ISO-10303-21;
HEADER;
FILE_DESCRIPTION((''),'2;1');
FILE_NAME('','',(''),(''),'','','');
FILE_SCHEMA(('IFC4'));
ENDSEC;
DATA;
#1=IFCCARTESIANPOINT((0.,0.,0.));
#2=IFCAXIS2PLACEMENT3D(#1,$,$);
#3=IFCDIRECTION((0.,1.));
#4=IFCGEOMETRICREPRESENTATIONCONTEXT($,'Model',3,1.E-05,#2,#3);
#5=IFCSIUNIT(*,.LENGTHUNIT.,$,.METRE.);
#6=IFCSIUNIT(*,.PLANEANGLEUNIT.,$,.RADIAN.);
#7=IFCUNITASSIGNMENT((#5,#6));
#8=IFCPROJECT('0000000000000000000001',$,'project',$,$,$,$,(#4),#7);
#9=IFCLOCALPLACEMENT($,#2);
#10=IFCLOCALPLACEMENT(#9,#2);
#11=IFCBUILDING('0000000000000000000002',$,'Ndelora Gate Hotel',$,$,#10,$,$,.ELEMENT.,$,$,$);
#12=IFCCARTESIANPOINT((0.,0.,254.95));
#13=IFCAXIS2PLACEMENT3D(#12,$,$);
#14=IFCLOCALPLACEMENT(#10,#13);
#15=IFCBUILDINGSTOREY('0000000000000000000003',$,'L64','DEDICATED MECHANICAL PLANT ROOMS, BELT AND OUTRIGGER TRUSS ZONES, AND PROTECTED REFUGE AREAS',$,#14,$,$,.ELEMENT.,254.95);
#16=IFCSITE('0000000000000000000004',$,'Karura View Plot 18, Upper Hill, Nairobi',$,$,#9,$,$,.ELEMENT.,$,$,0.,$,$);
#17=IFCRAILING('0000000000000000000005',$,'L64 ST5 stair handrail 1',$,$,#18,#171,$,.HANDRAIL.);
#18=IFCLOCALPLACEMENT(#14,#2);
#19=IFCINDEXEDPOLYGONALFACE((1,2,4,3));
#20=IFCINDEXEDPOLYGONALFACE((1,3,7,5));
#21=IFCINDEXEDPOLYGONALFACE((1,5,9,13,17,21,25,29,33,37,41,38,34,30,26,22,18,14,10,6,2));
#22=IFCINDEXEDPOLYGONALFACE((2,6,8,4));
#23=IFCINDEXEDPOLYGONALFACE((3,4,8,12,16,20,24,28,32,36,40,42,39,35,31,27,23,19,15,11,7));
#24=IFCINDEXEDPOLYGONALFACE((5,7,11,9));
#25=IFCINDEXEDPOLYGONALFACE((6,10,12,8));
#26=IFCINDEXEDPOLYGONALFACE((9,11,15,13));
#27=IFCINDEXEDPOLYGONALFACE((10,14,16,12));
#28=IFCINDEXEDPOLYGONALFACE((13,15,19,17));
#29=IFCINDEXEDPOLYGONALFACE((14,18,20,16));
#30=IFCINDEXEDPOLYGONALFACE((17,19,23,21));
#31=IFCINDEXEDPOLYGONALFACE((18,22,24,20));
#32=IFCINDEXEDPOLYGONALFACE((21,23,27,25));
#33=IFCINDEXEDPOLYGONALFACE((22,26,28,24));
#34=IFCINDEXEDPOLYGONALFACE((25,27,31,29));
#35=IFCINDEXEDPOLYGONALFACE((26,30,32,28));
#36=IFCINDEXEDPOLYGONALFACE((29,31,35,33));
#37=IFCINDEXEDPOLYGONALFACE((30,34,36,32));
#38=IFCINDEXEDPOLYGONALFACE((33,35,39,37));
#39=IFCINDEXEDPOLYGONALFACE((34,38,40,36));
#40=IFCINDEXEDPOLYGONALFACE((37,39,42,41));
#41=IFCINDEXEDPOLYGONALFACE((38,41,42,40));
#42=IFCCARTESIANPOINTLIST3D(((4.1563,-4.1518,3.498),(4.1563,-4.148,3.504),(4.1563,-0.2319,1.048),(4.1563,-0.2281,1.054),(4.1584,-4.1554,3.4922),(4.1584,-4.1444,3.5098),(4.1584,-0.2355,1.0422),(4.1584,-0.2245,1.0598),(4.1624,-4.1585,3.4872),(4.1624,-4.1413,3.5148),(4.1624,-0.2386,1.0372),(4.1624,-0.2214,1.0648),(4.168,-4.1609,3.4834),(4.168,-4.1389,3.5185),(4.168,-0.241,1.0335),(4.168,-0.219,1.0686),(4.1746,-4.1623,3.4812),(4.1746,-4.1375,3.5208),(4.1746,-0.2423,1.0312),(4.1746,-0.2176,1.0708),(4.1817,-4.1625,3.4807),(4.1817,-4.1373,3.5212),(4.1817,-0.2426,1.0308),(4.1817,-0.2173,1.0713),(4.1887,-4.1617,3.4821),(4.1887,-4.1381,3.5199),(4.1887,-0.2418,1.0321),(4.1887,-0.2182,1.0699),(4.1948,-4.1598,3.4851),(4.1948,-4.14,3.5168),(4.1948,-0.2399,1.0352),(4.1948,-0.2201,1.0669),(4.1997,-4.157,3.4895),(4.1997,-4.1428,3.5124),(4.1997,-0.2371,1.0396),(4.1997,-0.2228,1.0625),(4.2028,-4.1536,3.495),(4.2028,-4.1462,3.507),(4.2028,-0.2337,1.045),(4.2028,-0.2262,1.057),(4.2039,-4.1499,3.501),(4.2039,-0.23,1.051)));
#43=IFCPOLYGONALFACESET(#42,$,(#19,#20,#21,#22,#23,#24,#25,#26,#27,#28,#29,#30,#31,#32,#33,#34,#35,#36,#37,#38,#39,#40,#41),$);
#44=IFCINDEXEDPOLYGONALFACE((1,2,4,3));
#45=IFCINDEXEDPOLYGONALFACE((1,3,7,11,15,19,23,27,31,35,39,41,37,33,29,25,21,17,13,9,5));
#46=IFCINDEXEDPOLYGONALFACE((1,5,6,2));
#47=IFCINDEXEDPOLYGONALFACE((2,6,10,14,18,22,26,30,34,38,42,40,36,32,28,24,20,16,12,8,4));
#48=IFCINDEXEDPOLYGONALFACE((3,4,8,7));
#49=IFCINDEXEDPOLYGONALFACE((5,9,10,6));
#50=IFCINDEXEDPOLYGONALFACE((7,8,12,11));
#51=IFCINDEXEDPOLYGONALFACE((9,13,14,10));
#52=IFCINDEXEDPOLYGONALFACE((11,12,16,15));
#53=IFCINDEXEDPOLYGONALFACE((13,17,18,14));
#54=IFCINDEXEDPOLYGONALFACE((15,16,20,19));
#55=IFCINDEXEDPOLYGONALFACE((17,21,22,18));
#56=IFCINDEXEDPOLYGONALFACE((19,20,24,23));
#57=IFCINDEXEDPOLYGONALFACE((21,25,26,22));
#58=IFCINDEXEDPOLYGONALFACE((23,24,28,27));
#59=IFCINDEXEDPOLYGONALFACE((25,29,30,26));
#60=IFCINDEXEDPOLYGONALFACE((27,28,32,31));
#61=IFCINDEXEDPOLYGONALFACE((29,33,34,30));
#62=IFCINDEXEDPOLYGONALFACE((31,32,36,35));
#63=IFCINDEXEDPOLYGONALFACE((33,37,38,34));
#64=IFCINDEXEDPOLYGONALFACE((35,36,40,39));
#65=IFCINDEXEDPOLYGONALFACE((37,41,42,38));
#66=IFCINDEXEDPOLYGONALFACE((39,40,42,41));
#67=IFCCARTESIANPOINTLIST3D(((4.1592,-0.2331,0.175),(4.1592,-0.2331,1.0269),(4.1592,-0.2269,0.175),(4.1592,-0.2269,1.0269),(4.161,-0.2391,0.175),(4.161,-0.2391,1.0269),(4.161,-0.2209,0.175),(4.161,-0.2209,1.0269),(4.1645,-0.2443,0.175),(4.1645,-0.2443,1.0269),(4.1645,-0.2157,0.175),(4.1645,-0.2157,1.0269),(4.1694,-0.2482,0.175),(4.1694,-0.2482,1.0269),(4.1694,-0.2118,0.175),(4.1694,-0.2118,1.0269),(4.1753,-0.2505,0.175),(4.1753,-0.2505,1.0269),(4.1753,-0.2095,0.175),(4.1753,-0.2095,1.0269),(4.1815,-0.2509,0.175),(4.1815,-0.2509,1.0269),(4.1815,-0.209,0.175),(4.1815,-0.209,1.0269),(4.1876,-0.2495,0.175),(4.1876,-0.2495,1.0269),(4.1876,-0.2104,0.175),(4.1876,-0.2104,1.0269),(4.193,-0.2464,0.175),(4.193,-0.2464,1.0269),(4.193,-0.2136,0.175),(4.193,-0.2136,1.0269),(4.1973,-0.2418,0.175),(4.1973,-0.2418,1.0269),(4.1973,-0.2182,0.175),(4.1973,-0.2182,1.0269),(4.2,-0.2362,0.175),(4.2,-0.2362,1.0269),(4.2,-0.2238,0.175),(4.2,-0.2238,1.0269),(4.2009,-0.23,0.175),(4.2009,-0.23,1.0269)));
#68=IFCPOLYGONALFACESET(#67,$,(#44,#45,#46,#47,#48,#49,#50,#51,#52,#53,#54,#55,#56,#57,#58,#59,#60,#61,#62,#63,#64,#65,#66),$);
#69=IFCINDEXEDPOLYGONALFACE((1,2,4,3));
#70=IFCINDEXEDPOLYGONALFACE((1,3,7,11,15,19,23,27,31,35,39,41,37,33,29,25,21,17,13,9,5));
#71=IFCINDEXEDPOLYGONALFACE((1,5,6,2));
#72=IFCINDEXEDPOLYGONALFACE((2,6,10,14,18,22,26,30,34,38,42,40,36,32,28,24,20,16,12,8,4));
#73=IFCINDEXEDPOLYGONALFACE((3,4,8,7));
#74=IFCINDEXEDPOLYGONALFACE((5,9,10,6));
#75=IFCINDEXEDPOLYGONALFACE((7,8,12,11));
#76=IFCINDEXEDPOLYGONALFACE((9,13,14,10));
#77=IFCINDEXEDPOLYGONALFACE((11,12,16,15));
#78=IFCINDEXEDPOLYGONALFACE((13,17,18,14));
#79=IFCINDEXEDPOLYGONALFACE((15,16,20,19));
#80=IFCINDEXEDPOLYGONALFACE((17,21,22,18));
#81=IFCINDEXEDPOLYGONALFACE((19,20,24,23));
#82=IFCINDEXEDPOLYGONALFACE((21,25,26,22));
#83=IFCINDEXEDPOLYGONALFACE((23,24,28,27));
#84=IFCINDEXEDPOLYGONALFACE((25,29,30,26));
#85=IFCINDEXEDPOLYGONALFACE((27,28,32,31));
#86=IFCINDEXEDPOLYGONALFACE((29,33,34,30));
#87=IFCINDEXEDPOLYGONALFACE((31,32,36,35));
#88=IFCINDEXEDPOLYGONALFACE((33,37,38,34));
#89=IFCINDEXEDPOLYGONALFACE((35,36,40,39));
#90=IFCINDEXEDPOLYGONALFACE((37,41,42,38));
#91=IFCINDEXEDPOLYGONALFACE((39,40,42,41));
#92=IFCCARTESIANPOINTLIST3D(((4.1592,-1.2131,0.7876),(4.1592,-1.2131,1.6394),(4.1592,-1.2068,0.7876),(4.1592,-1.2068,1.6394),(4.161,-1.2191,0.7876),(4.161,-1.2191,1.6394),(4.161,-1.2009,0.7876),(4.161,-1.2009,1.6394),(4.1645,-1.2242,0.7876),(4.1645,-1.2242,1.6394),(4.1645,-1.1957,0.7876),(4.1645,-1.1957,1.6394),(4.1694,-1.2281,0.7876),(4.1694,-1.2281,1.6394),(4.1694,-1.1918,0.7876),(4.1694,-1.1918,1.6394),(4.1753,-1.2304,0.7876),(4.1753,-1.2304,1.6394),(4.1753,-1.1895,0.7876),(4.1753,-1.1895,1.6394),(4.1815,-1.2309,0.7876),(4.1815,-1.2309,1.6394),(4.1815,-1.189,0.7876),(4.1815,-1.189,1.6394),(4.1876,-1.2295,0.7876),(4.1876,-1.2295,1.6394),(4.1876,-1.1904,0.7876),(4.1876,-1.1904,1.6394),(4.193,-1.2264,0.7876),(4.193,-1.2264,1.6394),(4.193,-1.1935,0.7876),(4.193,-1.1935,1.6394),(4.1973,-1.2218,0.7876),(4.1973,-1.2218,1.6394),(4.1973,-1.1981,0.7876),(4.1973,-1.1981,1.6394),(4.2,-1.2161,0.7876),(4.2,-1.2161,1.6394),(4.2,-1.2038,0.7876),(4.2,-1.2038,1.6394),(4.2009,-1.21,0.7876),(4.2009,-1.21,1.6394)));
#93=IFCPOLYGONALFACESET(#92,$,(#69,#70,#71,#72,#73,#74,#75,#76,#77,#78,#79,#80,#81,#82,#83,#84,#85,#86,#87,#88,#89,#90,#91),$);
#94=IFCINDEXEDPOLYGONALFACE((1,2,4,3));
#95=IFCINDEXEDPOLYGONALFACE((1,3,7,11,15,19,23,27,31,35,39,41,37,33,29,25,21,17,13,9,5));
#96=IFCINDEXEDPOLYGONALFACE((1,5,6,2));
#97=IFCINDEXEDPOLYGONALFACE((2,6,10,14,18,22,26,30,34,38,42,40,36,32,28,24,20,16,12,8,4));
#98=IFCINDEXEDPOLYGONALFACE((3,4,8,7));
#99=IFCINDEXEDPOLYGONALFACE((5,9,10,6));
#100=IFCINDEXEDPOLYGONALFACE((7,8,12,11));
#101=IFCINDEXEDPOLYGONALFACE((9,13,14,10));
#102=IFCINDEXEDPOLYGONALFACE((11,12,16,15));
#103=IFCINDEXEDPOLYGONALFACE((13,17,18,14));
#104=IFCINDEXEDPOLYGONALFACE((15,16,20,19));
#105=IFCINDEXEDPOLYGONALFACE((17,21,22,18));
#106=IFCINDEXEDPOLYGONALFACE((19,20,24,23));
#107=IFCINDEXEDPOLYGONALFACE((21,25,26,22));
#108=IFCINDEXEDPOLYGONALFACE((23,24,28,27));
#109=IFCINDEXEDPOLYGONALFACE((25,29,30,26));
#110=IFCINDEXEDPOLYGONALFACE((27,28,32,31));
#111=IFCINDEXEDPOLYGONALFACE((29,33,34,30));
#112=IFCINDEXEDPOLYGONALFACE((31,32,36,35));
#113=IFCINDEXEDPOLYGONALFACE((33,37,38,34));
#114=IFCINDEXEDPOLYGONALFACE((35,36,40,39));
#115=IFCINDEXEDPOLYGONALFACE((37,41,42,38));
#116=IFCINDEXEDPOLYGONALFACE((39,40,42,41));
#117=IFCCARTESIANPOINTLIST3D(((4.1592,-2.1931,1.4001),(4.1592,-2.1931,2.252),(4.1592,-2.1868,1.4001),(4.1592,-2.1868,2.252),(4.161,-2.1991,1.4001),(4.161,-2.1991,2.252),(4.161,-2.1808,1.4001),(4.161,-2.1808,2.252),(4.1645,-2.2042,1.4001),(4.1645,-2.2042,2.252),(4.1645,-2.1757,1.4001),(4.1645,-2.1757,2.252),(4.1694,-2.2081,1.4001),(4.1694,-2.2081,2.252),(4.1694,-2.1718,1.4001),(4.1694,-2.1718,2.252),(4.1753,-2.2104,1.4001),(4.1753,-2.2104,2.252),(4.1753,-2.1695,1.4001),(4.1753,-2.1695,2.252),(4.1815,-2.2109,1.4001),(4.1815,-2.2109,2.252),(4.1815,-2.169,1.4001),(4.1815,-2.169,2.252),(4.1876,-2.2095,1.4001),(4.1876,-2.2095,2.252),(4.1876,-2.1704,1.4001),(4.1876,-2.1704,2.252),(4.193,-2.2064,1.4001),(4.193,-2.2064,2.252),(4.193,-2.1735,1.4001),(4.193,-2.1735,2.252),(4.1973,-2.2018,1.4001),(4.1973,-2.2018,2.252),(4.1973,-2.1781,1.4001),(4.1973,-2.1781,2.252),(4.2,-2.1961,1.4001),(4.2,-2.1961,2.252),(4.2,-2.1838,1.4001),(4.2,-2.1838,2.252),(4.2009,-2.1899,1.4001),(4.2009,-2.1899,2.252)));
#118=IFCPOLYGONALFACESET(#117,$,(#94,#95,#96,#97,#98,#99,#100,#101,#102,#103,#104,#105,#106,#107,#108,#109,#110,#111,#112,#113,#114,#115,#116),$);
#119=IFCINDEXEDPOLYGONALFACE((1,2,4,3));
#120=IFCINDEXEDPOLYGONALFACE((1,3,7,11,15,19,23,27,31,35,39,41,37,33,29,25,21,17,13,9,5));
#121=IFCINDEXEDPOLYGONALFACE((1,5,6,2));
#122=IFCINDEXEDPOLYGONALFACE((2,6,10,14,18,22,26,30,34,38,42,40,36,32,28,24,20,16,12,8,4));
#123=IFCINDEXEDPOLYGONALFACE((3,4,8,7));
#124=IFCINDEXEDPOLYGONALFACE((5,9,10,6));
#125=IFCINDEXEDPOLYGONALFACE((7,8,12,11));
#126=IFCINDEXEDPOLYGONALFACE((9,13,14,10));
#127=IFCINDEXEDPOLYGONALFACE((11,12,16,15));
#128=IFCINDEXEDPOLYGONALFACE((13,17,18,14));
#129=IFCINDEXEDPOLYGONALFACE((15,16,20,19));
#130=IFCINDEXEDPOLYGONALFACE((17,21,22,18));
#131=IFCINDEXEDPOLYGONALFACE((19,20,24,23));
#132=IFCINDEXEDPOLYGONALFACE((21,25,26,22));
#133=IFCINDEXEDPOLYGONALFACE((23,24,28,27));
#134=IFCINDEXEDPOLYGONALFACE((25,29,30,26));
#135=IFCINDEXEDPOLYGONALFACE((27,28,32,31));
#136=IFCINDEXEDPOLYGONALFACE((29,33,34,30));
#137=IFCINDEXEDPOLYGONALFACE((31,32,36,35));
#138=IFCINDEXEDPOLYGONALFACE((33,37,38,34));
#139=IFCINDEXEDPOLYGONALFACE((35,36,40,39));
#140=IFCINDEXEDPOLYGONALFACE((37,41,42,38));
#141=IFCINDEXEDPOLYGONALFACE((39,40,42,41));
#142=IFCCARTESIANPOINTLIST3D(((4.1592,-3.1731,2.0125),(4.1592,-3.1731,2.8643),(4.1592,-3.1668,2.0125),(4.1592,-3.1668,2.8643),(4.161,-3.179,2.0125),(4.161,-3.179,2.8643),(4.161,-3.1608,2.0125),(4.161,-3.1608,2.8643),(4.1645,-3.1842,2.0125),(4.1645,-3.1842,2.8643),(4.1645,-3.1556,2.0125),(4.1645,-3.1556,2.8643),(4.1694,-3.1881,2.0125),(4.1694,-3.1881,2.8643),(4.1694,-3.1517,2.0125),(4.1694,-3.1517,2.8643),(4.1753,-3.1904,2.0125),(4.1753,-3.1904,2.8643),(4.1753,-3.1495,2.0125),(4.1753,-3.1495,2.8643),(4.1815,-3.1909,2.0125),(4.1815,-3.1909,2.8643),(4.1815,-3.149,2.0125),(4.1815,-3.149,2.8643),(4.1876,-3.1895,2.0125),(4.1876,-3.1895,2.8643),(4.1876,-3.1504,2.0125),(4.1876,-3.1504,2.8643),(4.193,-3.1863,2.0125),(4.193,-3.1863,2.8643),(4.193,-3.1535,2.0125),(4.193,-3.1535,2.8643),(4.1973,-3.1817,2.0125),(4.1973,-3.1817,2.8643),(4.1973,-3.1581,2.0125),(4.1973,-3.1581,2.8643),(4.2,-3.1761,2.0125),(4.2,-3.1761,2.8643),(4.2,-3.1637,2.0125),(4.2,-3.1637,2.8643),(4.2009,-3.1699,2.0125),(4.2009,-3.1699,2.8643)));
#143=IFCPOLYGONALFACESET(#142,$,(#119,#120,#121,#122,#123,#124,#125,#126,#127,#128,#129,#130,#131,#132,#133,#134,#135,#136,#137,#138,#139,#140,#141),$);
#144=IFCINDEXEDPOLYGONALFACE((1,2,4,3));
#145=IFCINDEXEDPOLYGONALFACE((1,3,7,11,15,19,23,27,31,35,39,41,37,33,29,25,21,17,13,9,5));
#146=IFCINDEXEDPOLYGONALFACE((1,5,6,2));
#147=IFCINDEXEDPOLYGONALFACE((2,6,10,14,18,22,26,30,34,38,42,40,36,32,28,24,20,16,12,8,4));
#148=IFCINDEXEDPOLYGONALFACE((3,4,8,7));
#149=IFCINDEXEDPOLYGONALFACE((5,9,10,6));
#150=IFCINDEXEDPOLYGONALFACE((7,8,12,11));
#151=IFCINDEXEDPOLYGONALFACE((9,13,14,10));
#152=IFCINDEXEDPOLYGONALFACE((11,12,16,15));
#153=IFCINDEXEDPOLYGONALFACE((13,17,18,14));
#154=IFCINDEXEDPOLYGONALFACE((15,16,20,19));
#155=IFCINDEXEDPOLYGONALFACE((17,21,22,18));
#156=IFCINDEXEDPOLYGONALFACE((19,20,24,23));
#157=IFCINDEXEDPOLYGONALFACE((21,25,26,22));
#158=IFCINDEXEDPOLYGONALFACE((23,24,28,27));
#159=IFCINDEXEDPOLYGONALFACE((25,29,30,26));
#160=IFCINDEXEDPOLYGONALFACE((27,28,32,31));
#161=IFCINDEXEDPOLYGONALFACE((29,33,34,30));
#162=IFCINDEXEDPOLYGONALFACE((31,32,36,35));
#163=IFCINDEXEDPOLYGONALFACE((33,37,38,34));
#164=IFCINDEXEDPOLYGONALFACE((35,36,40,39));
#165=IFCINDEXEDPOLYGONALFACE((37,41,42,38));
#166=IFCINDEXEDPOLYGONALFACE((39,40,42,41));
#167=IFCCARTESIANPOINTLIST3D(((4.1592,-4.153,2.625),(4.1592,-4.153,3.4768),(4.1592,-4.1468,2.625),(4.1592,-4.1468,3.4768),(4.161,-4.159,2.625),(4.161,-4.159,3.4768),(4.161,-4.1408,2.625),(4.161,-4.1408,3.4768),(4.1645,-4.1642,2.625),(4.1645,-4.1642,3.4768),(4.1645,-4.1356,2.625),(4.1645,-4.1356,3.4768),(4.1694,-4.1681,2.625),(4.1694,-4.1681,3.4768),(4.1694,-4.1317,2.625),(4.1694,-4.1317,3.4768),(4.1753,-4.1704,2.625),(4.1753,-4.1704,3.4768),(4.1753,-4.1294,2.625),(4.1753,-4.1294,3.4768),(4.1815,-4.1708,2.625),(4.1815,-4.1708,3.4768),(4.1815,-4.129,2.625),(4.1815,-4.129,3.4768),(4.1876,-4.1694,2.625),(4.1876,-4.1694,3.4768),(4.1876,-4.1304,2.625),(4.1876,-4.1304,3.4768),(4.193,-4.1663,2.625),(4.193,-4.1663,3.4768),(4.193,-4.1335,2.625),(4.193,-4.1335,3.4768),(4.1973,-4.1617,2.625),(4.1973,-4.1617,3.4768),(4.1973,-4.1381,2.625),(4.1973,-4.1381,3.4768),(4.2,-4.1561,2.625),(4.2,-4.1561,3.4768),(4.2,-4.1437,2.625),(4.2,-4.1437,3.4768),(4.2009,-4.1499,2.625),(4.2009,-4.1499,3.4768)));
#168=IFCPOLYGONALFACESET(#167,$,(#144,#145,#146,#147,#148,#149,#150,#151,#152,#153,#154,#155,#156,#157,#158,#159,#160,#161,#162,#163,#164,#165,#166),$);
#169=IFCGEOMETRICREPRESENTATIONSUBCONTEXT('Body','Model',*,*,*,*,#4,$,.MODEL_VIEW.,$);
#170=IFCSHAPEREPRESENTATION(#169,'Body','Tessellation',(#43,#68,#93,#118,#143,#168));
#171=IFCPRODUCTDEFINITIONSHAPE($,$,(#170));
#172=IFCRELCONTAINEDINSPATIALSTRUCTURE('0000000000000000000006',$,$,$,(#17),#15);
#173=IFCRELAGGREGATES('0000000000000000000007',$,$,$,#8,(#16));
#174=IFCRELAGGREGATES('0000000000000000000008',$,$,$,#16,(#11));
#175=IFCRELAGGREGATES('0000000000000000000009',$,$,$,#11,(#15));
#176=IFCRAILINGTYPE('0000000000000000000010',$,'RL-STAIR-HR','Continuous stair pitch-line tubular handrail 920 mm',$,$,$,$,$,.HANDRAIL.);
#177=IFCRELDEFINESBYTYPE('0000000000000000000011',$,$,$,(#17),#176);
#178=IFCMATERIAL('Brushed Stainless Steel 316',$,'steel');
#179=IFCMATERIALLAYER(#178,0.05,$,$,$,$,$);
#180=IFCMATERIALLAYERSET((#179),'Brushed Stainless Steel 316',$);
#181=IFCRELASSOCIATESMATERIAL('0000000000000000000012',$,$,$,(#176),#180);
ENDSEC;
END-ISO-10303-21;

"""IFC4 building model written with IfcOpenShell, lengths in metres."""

from ifc_helpers import new_model, si_unit, direction, frame, origin, origin_2d, place, context, subcontext, project, spatial, circle, extrude, material, layer, layer_set, type_object, element, save


model = new_model("IFC4")

# Units and contexts
model_context = context("Model", 3, precision=1e-05, world=origin(), true_north=direction((0.0, 1.0)))
body_context = subcontext(model_context, "Body", "Model", "MODEL_VIEW")
ifc_project = project(units=[si_unit("LENGTHUNIT", "METRE"), si_unit("PLANEANGLEUNIT", "RADIAN")], contexts=[model_context])

# Site, building, storey
site_placement = place(None, origin())
site = spatial("IfcSite", under=ifc_project, at=site_placement, Name="Karura View Plot 18, Upper Hill, Nairobi", CompositionType="ELEMENT", RefElevation=0.0)
building_placement = place(site_placement, origin())
building = spatial("IfcBuilding", under=site, at=building_placement, Name="Ndelora Gate Hotel", CompositionType="ELEMENT")
storey_placement = place(building_placement, frame((0.0, 0.0, 254.95)))
storey = spatial("IfcBuildingStorey", under=building, at=storey_placement, Name="L64", Description="DEDICATED MECHANICAL PLANT ROOMS, BELT AND OUTRIGGER TRUSS ZONES, AND PROTECTED REFUGE AREAS", CompositionType="ELEMENT", Elevation=254.95)

# Railing
ifc_material_1 = material(Name="Brushed Stainless Steel 316", Category="steel")
ifc_layer_1 = layer(ifc_material_1, 0.05)
ifc_layer_set_1 = layer_set([ifc_layer_1], Name="Brushed Stainless Steel 316")
railing_type_1 = type_object("IfcRailingType", Name="RL-STAIR-HR", Description="Continuous stair pitch-line tubular handrail 920 mm", PredefinedType="HANDRAIL", material=ifc_layer_set_1)
railing_1_placement = place(storey_placement, frame((4.1799, -0.23, 0.175)))
element("IfcRailing", 1, at=railing_1_placement, inside=storey, type_object=railing_type_1, Name="L64 ST5 stair handrail 1", PredefinedType="HANDRAIL", context=body_context, shape_type="SweptSolid", body=[
    extrude(circle(Radius=0.0239, at=origin_2d()), frame((0.0, 0.0, 0.876), z_axis=(0.0, -0.847998, 0.529999), x_axis=(1.0, 0.0, 0.0)), (0.0, 0.0, 1.0), 4.6226),
    extrude(circle(Radius=0.021, at=origin_2d()), origin(), (0.0, 0.0, 1.0), 0.8518),
    extrude(circle(Radius=0.021, at=origin_2d()), frame((0.0, -0.98, 0.6125)), (0.0, 0.0, 1.0), 0.8518),
    extrude(circle(Radius=0.021, at=origin_2d()), frame((0.0, -1.96, 1.2251)), (0.0, 0.0, 1.0), 0.8518),
    extrude(circle(Radius=0.021, at=origin_2d()), frame((0.0, -2.9399, 1.8374)), (0.0, 0.0, 1.0), 0.8518),
    extrude(circle(Radius=0.021, at=origin_2d()), frame((0.0, -3.9199, 2.45)), (0.0, 0.0, 1.0), 0.8518),
])

save(model, "model.ifc")
